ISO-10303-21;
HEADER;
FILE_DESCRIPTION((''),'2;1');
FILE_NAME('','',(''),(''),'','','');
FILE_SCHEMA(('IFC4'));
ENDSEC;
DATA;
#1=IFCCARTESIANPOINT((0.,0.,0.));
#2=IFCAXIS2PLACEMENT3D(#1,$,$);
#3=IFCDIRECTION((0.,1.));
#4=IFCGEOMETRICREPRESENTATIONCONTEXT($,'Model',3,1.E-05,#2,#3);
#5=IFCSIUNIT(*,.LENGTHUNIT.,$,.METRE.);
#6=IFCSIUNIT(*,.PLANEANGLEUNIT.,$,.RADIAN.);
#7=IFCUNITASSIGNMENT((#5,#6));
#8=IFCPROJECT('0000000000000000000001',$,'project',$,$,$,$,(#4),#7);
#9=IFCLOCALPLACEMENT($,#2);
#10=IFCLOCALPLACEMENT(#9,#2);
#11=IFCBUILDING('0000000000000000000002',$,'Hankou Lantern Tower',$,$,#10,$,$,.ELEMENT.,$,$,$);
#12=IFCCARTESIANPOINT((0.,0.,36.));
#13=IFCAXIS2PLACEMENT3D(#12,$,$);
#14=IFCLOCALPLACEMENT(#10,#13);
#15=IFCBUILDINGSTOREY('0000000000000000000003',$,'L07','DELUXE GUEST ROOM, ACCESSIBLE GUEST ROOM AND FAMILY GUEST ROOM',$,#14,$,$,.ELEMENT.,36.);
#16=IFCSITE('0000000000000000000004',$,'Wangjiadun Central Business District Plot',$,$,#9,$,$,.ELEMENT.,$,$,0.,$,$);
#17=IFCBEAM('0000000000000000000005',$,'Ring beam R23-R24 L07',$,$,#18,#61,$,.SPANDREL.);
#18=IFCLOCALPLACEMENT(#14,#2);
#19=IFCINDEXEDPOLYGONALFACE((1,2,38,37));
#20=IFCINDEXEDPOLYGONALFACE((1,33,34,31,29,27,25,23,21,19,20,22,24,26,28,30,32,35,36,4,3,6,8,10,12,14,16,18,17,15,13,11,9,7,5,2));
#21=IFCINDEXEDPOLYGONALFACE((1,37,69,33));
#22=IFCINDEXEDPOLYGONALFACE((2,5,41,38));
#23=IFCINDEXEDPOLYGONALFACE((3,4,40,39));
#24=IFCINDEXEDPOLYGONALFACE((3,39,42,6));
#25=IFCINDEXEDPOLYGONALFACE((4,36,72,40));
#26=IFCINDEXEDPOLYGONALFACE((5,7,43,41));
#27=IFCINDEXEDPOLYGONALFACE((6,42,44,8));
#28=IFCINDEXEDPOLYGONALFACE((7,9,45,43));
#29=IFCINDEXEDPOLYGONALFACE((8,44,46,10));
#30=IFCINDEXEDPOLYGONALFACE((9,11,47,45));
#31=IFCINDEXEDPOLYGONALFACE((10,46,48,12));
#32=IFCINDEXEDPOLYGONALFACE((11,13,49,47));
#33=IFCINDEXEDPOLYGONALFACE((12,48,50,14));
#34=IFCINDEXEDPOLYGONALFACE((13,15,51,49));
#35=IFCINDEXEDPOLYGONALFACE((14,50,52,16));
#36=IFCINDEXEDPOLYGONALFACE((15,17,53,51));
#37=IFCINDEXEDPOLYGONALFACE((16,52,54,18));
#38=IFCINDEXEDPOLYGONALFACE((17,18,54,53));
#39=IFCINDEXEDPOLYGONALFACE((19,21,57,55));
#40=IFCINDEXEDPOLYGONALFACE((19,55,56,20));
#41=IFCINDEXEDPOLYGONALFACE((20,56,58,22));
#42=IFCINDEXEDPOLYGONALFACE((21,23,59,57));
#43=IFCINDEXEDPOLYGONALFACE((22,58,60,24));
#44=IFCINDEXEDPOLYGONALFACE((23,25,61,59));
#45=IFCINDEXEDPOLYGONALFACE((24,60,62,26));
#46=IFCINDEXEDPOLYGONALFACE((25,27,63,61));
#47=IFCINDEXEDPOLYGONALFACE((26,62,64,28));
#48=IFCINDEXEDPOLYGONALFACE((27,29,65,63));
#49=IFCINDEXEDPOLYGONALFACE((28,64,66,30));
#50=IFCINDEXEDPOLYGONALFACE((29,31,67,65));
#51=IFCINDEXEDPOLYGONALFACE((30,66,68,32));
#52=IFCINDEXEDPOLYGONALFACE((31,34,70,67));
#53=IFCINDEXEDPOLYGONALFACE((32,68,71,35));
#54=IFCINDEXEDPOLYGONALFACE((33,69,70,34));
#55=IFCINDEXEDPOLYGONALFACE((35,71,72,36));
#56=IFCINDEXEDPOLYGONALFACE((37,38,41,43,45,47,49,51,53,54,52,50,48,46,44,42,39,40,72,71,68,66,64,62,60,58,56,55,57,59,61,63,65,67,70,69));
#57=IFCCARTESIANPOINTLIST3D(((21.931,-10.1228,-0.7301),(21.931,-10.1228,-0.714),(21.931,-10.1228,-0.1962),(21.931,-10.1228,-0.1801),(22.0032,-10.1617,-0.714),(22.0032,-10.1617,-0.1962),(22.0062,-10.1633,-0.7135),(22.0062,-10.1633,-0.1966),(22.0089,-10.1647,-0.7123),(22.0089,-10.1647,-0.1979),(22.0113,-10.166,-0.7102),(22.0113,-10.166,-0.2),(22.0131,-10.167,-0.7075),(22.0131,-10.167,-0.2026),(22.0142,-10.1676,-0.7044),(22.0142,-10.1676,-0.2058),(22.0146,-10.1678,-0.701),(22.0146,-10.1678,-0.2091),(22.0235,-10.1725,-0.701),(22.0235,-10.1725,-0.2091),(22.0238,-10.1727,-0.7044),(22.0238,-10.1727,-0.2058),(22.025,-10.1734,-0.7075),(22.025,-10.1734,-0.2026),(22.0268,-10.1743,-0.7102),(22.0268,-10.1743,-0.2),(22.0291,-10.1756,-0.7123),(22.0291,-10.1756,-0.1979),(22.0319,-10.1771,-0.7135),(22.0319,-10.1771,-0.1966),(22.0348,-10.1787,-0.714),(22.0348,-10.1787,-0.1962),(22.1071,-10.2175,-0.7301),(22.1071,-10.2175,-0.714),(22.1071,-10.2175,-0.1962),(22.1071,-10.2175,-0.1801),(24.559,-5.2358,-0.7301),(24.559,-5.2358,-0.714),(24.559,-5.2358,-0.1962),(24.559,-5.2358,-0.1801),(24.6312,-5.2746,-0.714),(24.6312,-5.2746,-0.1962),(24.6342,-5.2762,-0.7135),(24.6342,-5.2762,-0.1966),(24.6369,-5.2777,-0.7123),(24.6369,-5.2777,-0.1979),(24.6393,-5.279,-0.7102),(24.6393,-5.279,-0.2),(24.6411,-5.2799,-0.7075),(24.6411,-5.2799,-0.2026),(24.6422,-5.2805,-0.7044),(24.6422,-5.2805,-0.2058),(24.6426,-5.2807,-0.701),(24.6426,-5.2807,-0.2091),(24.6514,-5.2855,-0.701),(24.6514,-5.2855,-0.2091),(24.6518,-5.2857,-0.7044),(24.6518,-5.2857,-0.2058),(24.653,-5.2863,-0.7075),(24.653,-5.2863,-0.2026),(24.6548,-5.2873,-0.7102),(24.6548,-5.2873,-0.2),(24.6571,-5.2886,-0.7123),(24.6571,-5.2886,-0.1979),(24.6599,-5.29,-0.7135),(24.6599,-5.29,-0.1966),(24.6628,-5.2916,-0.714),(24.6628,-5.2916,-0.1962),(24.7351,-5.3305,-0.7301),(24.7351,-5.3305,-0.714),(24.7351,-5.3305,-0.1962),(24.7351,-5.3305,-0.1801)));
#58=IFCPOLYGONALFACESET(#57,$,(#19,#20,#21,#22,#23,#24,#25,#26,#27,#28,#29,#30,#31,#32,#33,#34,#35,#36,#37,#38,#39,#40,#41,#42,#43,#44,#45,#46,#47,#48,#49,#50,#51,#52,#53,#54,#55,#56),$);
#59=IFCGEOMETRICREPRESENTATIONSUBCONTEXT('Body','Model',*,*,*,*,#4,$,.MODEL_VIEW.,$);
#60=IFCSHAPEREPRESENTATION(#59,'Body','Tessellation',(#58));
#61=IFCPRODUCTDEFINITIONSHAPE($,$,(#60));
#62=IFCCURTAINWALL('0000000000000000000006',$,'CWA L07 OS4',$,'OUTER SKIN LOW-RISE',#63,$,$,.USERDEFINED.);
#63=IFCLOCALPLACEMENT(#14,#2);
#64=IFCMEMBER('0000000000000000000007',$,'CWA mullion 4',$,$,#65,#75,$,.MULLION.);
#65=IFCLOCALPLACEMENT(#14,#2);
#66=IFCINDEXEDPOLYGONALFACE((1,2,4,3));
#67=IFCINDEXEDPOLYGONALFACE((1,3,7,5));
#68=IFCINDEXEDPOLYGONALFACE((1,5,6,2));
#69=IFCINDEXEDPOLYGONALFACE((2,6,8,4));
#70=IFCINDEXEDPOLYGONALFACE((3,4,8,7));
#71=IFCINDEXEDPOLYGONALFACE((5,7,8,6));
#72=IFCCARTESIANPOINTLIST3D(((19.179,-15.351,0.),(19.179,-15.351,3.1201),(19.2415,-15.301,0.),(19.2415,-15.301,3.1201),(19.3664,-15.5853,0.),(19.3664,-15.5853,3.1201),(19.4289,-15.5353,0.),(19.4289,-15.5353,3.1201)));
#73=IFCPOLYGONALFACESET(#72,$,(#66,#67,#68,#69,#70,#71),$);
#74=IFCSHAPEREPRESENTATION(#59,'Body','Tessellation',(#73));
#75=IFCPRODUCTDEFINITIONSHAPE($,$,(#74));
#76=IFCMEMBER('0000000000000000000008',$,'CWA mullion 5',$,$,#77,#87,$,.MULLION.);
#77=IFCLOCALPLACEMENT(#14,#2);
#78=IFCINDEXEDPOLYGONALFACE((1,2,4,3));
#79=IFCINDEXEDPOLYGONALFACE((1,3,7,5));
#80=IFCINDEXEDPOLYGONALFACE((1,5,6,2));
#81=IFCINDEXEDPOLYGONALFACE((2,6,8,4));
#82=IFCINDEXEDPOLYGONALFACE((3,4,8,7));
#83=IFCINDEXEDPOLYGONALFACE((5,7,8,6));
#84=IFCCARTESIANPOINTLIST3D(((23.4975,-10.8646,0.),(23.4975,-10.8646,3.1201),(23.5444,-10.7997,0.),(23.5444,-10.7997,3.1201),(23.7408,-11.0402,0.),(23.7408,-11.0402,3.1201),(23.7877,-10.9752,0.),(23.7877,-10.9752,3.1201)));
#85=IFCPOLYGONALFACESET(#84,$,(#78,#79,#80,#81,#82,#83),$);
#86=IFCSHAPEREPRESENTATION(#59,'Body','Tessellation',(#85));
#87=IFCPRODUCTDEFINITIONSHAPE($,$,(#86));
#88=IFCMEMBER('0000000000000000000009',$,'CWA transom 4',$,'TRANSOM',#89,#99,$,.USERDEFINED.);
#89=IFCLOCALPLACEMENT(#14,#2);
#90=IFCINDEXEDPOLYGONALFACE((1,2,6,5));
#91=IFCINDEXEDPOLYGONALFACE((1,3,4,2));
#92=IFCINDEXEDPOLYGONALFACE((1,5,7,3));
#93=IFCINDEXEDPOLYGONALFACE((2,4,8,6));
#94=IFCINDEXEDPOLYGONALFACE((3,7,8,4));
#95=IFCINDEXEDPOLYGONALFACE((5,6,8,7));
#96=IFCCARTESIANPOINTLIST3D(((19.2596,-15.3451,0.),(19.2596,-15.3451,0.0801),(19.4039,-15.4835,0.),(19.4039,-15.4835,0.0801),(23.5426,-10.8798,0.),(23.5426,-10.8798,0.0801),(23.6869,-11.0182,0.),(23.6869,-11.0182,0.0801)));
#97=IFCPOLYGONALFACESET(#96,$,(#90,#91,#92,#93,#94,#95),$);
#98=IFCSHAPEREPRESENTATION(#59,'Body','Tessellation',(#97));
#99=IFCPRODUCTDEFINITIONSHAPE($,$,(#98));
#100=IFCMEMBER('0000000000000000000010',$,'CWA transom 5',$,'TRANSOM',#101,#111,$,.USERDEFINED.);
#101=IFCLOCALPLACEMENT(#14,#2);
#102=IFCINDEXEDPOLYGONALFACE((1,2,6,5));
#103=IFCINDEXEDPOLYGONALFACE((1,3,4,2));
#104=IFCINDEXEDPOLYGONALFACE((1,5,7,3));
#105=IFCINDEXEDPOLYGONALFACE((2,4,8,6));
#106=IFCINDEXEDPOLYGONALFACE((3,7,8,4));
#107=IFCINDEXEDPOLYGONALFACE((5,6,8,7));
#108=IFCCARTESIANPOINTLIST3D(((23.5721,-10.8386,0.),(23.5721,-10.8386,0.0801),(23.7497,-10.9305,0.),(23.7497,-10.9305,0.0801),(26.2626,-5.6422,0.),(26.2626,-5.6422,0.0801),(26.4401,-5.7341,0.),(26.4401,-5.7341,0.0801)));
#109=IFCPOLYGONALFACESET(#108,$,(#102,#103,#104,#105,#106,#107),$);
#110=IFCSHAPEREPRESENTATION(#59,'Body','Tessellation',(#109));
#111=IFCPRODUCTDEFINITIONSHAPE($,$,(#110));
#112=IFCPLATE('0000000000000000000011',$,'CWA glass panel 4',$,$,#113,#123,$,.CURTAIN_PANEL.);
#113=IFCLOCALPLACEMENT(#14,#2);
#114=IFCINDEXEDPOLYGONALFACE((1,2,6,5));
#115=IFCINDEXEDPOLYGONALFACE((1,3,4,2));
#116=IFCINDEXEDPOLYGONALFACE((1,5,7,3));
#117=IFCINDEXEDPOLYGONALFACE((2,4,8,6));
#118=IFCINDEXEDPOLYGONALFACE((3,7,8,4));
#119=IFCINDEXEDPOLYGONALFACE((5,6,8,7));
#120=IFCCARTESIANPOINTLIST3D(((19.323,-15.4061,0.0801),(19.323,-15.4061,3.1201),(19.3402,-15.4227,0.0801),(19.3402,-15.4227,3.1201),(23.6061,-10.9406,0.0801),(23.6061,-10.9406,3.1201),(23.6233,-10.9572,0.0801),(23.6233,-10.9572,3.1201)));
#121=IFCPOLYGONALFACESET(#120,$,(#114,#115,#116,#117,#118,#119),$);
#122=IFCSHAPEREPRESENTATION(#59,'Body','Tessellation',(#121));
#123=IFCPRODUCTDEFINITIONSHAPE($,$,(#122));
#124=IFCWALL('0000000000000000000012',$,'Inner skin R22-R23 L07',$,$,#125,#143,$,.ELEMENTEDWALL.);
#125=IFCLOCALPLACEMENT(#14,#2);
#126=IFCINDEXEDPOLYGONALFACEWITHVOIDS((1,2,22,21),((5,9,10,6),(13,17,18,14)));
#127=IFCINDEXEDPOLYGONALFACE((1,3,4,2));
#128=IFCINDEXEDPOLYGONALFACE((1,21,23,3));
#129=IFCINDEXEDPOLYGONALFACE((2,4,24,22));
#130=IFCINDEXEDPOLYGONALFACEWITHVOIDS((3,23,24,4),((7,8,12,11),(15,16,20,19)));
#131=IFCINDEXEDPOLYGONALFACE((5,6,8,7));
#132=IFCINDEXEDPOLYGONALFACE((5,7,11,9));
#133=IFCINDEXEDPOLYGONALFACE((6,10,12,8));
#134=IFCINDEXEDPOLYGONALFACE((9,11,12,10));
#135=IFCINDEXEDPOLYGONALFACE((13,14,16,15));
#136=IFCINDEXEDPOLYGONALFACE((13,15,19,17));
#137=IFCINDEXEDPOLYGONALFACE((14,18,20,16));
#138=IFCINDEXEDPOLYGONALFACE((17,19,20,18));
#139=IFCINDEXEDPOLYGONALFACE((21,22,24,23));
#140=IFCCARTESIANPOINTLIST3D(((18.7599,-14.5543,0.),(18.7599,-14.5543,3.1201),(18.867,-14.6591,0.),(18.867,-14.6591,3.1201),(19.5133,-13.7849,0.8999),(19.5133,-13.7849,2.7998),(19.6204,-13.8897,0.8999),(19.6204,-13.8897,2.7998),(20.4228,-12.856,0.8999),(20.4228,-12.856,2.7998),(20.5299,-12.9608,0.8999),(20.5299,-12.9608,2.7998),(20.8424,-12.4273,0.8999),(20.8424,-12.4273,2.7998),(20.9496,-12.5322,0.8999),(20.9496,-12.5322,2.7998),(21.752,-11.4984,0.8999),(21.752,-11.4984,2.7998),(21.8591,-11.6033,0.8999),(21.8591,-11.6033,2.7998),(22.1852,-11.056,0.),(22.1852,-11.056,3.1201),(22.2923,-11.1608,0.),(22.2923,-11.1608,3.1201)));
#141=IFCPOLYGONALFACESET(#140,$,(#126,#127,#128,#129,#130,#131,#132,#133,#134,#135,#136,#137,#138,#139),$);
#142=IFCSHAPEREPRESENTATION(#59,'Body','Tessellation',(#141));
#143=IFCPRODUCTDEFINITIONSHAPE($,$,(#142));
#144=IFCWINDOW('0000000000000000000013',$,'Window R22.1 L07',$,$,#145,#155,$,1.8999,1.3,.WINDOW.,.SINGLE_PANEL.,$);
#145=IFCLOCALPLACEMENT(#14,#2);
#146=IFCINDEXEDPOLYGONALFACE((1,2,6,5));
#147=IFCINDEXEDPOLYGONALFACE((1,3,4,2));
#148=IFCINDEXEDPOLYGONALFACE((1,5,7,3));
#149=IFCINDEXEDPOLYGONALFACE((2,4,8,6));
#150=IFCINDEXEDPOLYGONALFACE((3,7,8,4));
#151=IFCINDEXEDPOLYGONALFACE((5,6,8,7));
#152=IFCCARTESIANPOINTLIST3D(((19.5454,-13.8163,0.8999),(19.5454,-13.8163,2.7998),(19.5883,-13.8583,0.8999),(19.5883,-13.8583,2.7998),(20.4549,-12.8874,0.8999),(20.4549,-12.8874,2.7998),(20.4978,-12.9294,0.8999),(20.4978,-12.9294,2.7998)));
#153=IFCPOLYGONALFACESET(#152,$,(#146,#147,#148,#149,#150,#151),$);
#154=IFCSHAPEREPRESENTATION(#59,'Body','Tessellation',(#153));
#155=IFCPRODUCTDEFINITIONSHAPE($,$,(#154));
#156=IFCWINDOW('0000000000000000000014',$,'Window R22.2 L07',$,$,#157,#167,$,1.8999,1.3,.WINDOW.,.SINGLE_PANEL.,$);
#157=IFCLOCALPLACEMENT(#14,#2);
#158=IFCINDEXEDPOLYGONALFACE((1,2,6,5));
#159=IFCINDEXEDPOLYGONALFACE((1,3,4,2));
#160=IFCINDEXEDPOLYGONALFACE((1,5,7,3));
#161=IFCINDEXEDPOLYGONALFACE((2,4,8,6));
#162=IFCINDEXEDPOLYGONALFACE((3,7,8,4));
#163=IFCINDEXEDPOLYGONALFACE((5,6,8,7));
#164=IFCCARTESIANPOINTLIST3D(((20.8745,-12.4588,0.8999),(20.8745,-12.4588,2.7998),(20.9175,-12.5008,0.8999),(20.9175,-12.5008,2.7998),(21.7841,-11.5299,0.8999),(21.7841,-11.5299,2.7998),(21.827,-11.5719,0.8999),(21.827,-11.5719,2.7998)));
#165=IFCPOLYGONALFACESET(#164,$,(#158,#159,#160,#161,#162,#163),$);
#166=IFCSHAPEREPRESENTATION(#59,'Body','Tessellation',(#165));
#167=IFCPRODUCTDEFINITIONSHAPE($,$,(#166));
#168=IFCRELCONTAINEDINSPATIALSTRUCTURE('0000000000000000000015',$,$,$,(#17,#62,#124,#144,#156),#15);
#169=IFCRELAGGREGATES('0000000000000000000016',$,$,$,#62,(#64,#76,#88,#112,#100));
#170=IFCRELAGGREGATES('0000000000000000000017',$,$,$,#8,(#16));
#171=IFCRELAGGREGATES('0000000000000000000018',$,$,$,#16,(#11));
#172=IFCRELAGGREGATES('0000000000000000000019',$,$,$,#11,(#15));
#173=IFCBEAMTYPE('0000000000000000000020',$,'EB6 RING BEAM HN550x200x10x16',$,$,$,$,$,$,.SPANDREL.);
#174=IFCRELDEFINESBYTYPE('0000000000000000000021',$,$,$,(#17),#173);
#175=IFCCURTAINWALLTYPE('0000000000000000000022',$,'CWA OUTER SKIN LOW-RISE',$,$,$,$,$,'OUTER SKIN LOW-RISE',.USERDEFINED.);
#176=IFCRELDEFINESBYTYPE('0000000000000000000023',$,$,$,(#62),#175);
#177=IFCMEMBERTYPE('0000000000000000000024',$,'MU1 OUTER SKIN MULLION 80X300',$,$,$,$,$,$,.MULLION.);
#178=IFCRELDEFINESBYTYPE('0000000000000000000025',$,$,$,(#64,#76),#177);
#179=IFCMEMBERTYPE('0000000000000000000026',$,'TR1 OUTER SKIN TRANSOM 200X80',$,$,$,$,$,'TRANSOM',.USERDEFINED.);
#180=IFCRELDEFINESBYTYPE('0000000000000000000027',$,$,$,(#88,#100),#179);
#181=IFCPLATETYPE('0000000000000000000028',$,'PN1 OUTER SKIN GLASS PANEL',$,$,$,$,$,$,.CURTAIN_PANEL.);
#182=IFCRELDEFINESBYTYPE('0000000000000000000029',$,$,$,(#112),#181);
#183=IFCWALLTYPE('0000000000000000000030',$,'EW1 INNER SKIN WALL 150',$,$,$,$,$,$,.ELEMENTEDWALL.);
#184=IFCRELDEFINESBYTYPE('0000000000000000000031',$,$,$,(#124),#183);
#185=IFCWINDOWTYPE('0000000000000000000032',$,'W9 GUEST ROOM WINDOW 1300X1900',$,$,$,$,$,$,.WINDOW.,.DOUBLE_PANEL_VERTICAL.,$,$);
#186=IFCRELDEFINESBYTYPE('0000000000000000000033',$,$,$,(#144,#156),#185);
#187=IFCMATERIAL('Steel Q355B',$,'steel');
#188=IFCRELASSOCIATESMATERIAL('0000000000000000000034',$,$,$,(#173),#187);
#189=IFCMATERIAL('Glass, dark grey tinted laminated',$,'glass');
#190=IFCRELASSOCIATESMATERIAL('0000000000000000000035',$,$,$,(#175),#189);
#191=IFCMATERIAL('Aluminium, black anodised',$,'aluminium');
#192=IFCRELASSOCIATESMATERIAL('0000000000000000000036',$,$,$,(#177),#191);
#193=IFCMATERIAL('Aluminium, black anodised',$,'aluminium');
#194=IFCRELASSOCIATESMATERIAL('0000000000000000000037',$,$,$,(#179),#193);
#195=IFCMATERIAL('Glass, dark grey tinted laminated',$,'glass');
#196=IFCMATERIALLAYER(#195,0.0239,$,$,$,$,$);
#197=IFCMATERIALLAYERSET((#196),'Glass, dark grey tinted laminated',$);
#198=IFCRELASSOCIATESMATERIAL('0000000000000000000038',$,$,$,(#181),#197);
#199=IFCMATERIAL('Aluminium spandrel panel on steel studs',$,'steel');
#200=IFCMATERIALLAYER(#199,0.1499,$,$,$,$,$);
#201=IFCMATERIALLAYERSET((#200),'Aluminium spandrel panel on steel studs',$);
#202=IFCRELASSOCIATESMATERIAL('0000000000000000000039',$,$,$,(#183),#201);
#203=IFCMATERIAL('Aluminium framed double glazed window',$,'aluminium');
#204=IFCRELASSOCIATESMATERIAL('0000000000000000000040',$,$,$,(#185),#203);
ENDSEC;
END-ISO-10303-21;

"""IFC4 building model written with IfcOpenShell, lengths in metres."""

from ifc_helpers import new_model, si_unit, direction, frame, frame_2d, origin, origin_2d, place, context, subcontext, project, spatial, rectangle, i_section, extrude, material, layer, layer_set, material_profile, profile_set, type_object, element, fill, aggregate, save


model = new_model("IFC4")

# Units and contexts
model_context = context("Model", 3, precision=1e-05, world=origin(), true_north=direction((0.0, 1.0)))
body_context = subcontext(model_context, "Body", "Model", "MODEL_VIEW")
ifc_project = project(units=[si_unit("LENGTHUNIT", "METRE"), si_unit("PLANEANGLEUNIT", "RADIAN")], contexts=[model_context])

# Site, building, storey
site_placement = place(None, origin())
site = spatial("IfcSite", under=ifc_project, at=site_placement, Name="Wangjiadun Central Business District Plot", CompositionType="ELEMENT", RefElevation=0.0)
building_placement = place(site_placement, origin())
building = spatial("IfcBuilding", under=site, at=building_placement, Name="Hankou Lantern Tower", CompositionType="ELEMENT")
storey_placement = place(building_placement, frame((0.0, 0.0, 36.0)))
storey = spatial("IfcBuildingStorey", under=building, at=storey_placement, Name="L07", Description="DELUXE GUEST ROOM, ACCESSIBLE GUEST ROOM AND FAMILY GUEST ROOM", CompositionType="ELEMENT", Elevation=36.0)

# Beam
ifc_material_1 = material(Name="Steel Q355B", Category="steel")
ifc_material_profile_1 = material_profile(ifc_material_1, i_section(OverallWidth=0.2, OverallDepth=0.55, WebThickness=0.01, FlangeThickness=0.0161, FilletRadius=0.0129, at=origin_2d()), Name="HN550x200x10x16")
ifc_profile_set_1 = profile_set([ifc_material_profile_1], Name="Steel Q355B")
beam_type = type_object("IfcBeamType", Name="EB6 RING BEAM HN550x200x10x16", PredefinedType="SPANDREL", material=ifc_profile_set_1)
beam_1_placement = place(storey_placement, frame((22.019, -10.1702, -0.4551), z_axis=(0.473609, 0.880735, 0.0), x_axis=(-0.880735, 0.473609, 0.0)))
element("IfcBeam", 1, at=beam_1_placement, inside=storey, type_object=beam_type, Name="Ring beam R23-R24 L07", PredefinedType="SPANDREL", context=body_context, shape_type="SweptSolid", body=[
    extrude(i_section(OverallWidth=0.2, OverallDepth=0.55, WebThickness=0.01, FlangeThickness=0.0161, FilletRadius=0.0129, at=origin_2d()), origin(), (0.0, 0.0, 1.0), 5.5488),
])

# Curtain wall, members, plate
ifc_material_2 = material(Name="Glass, dark grey tinted laminated", Category="glass")
curtain_wall_type = type_object("IfcCurtainWallType", Name="CWA OUTER SKIN LOW-RISE", ElementType="OUTER SKIN LOW-RISE", PredefinedType="USERDEFINED", material=ifc_material_2)
curtain_wall_placement = place(storey_placement, origin())
curtain_wall = element("IfcCurtainWall", 2, at=curtain_wall_placement, inside=storey, type_object=curtain_wall_type, Name="CWA L07 OS4", ObjectType="OUTER SKIN LOW-RISE", PredefinedType="USERDEFINED")
ifc_material_3 = material(Name="Aluminium, black anodised", Category="aluminium")
ifc_material_profile_2 = material_profile(ifc_material_3, rectangle(XDim=0.0801, YDim=0.3, at=origin_2d()), Name="MU1 80X300")
ifc_profile_set_2 = profile_set([ifc_material_profile_2], Name="Aluminium, black anodised")
member_type_1 = type_object("IfcMemberType", Name="MU1 OUTER SKIN MULLION 80X300", PredefinedType="MULLION", material=ifc_profile_set_2)
member_1_placement = place(storey_placement, frame((19.304, -15.4431, 0.0), z_axis=(0.0, 0.0, 1.0), x_axis=(0.780869, 0.624695, 0.0)))
member_1 = element("IfcMember", 3, at=member_1_placement, type_object=member_type_1, Name="CWA mullion 4", PredefinedType="MULLION", context=body_context, shape_type="SweptSolid", body=[
    extrude(rectangle(XDim=0.0801, YDim=0.3, at=origin_2d()), origin(), (0.0, 0.0, 1.0), 3.1201),
])
member_2_placement = place(storey_placement, frame((23.6426, -10.9199, 0.0), z_axis=(0.0, 0.0, 1.0), x_axis=(0.585206, 0.810885, 0.0)))
member_2 = element("IfcMember", 4, at=member_2_placement, type_object=member_type_1, Name="CWA mullion 5", PredefinedType="MULLION", context=body_context, shape_type="SweptSolid", body=[
    extrude(rectangle(XDim=0.0801, YDim=0.3, at=origin_2d()), origin(), (0.0, 0.0, 1.0), 3.1201),
])
ifc_material_4 = material(Name="Aluminium, black anodised", Category="aluminium")
ifc_material_profile_3 = material_profile(ifc_material_4, rectangle(XDim=0.2, YDim=0.0801, at=origin_2d()), Name="TR1 200X80")
ifc_profile_set_3 = profile_set([ifc_material_profile_3], Name="Aluminium, black anodised")
member_type_2 = type_object("IfcMemberType", Name="TR1 OUTER SKIN TRANSOM 200X80", ElementType="TRANSOM", PredefinedType="USERDEFINED", material=ifc_profile_set_3)
member_3_placement = place(storey_placement, frame((19.3318, -15.4143, 0.04), z_axis=(0.692216, 0.721691, 0.0), x_axis=(-0.721691, 0.692216, 0.0)))
member_3 = element("IfcMember", 5, at=member_3_placement, type_object=member_type_2, Name="CWA transom 4", ObjectType="TRANSOM", PredefinedType="USERDEFINED", context=body_context, shape_type="SweptSolid", body=[
    extrude(rectangle(XDim=0.2, YDim=0.0801, at=origin_2d()), origin(), (0.0, 0.0, 1.0), 6.1873),
])
member_4_placement = place(storey_placement, frame((23.6609, -10.8845, 0.04), z_axis=(0.459786, 0.88803, 0.0), x_axis=(-0.88803, 0.459786, 0.0)))
member_4 = element("IfcMember", 6, at=member_4_placement, type_object=member_type_2, Name="CWA transom 5", ObjectType="TRANSOM", PredefinedType="USERDEFINED", context=body_context, shape_type="SweptSolid", body=[
    extrude(rectangle(XDim=0.2, YDim=0.0801, at=origin_2d()), origin(), (0.0, 0.0, 1.0), 5.8516),
])
ifc_material_5 = material(Name="Glass, dark grey tinted laminated", Category="glass")
ifc_layer_1 = layer(ifc_material_5, 0.0239)
ifc_layer_set_1 = layer_set([ifc_layer_1], Name="Glass, dark grey tinted laminated")
plate_type = type_object("IfcPlateType", Name="PN1 OUTER SKIN GLASS PANEL", PredefinedType="CURTAIN_PANEL", material=ifc_layer_set_1)
plate_placement = place(storey_placement, frame((21.4731, -13.1816, 0.0801), z_axis=(0.0, 0.0, 1.0), x_axis=(0.692216, 0.721691, 0.0)))
plate = element("IfcPlate", 7, at=plate_placement, type_object=plate_type, Name="CWA glass panel 4", PredefinedType="CURTAIN_PANEL", context=body_context, shape_type="SweptSolid", body=[
    extrude(rectangle(XDim=6.1875, YDim=0.0239, at=origin_2d()), origin(), (0.0, 0.0, 1.0), 3.04),
])
aggregate(curtain_wall, [member_1, member_2, member_3, plate, member_4])

# Wall, openings, windows
ifc_material_6 = material(Name="Aluminium spandrel panel on steel studs", Category="steel")
ifc_layer_2 = layer(ifc_material_6, 0.1499)
ifc_layer_set_2 = layer_set([ifc_layer_2], Name="Aluminium spandrel panel on steel studs")
wall_type_1 = type_object("IfcWallType", Name="EW1 INNER SKIN WALL 150", PredefinedType="ELEMENTEDWALL", material=ifc_layer_set_2)
wall_1_placement = place(storey_placement, frame((18.8135, -14.6067, 0.0), z_axis=(0.0, 0.0, 1.0), x_axis=(0.699613, 0.714522, 0.0)))
wall_1 = element("IfcWall", 8, at=wall_1_placement, inside=storey, type_object=wall_type_1, Name="Inner skin R22-R23 L07", PredefinedType="ELEMENTEDWALL", context=body_context, shape_type="SweptSolid", body=[
    extrude(rectangle(XDim=4.896, YDim=0.1499, at=frame_2d((2.448, 0.0))), origin(), (0.0, 0.0, 1.0), 3.1201),
])
opening_1_placement = place(wall_1_placement, frame((1.0769, 0.0, 0.8999)))
opening_1 = element("IfcOpeningElement", 9, at=opening_1_placement, cuts=wall_1, PredefinedType="OPENING", context=body_context, shape_type="SweptSolid", body=[
    extrude(rectangle(XDim=1.3, YDim=1.8999, at=frame_2d((0.6499, 0.95))), frame((0.0, 0.085, 0.0), z_axis=(0.0, -1.0, 0.0), x_axis=(1.0, 0.0, 0.0)), (0.0, 0.0, 1.0), 0.1699),
])
opening_2_placement = place(wall_1_placement, frame((2.9768, 0.0, 0.8999)))
opening_2 = element("IfcOpeningElement", 10, at=opening_2_placement, cuts=wall_1, PredefinedType="OPENING", context=body_context, shape_type="SweptSolid", body=[
    extrude(rectangle(XDim=1.3, YDim=1.8999, at=frame_2d((0.6499, 0.95))), frame((0.0, 0.085, 0.0), z_axis=(0.0, -1.0, 0.0), x_axis=(1.0, 0.0, 0.0)), (0.0, 0.0, 1.0), 0.1699),
])
ifc_material_7 = material(Name="Aluminium framed double glazed window", Category="aluminium")
window_type = type_object("IfcWindowType", Name="W9 GUEST ROOM WINDOW 1300X1900", PartitioningType="DOUBLE_PANEL_VERTICAL", PredefinedType="WINDOW", material=ifc_material_7)
window_1_placement = place(opening_1_placement, origin())
window_1 = element("IfcWindow", 11, at=window_1_placement, inside=storey, type_object=window_type, Name="Window R22.1 L07", OverallHeight=1.8999, OverallWidth=1.3, PartitioningType="SINGLE_PANEL", PredefinedType="WINDOW", context=body_context, shape_type="SweptSolid", body=[
    extrude(rectangle(XDim=1.3, YDim=1.8999, at=frame_2d((0.6499, 0.95))), frame((0.0, 0.03, 0.0), z_axis=(0.0, -1.0, 0.0), x_axis=(1.0, 0.0, 0.0)), (0.0, 0.0, 1.0), 0.0601),
])
fill(opening_1, window_1)
window_2_placement = place(opening_2_placement, origin())
window_2 = element("IfcWindow", 12, at=window_2_placement, inside=storey, type_object=window_type, Name="Window R22.2 L07", OverallHeight=1.8999, OverallWidth=1.3, PartitioningType="SINGLE_PANEL", PredefinedType="WINDOW", context=body_context, shape_type="SweptSolid", body=[
    extrude(rectangle(XDim=1.3, YDim=1.8999, at=frame_2d((0.6499, 0.95))), frame((0.0, 0.03, 0.0), z_axis=(0.0, -1.0, 0.0), x_axis=(1.0, 0.0, 0.0)), (0.0, 0.0, 1.0), 0.0601),
])
fill(opening_2, window_2)

save(model, "model.ifc")
